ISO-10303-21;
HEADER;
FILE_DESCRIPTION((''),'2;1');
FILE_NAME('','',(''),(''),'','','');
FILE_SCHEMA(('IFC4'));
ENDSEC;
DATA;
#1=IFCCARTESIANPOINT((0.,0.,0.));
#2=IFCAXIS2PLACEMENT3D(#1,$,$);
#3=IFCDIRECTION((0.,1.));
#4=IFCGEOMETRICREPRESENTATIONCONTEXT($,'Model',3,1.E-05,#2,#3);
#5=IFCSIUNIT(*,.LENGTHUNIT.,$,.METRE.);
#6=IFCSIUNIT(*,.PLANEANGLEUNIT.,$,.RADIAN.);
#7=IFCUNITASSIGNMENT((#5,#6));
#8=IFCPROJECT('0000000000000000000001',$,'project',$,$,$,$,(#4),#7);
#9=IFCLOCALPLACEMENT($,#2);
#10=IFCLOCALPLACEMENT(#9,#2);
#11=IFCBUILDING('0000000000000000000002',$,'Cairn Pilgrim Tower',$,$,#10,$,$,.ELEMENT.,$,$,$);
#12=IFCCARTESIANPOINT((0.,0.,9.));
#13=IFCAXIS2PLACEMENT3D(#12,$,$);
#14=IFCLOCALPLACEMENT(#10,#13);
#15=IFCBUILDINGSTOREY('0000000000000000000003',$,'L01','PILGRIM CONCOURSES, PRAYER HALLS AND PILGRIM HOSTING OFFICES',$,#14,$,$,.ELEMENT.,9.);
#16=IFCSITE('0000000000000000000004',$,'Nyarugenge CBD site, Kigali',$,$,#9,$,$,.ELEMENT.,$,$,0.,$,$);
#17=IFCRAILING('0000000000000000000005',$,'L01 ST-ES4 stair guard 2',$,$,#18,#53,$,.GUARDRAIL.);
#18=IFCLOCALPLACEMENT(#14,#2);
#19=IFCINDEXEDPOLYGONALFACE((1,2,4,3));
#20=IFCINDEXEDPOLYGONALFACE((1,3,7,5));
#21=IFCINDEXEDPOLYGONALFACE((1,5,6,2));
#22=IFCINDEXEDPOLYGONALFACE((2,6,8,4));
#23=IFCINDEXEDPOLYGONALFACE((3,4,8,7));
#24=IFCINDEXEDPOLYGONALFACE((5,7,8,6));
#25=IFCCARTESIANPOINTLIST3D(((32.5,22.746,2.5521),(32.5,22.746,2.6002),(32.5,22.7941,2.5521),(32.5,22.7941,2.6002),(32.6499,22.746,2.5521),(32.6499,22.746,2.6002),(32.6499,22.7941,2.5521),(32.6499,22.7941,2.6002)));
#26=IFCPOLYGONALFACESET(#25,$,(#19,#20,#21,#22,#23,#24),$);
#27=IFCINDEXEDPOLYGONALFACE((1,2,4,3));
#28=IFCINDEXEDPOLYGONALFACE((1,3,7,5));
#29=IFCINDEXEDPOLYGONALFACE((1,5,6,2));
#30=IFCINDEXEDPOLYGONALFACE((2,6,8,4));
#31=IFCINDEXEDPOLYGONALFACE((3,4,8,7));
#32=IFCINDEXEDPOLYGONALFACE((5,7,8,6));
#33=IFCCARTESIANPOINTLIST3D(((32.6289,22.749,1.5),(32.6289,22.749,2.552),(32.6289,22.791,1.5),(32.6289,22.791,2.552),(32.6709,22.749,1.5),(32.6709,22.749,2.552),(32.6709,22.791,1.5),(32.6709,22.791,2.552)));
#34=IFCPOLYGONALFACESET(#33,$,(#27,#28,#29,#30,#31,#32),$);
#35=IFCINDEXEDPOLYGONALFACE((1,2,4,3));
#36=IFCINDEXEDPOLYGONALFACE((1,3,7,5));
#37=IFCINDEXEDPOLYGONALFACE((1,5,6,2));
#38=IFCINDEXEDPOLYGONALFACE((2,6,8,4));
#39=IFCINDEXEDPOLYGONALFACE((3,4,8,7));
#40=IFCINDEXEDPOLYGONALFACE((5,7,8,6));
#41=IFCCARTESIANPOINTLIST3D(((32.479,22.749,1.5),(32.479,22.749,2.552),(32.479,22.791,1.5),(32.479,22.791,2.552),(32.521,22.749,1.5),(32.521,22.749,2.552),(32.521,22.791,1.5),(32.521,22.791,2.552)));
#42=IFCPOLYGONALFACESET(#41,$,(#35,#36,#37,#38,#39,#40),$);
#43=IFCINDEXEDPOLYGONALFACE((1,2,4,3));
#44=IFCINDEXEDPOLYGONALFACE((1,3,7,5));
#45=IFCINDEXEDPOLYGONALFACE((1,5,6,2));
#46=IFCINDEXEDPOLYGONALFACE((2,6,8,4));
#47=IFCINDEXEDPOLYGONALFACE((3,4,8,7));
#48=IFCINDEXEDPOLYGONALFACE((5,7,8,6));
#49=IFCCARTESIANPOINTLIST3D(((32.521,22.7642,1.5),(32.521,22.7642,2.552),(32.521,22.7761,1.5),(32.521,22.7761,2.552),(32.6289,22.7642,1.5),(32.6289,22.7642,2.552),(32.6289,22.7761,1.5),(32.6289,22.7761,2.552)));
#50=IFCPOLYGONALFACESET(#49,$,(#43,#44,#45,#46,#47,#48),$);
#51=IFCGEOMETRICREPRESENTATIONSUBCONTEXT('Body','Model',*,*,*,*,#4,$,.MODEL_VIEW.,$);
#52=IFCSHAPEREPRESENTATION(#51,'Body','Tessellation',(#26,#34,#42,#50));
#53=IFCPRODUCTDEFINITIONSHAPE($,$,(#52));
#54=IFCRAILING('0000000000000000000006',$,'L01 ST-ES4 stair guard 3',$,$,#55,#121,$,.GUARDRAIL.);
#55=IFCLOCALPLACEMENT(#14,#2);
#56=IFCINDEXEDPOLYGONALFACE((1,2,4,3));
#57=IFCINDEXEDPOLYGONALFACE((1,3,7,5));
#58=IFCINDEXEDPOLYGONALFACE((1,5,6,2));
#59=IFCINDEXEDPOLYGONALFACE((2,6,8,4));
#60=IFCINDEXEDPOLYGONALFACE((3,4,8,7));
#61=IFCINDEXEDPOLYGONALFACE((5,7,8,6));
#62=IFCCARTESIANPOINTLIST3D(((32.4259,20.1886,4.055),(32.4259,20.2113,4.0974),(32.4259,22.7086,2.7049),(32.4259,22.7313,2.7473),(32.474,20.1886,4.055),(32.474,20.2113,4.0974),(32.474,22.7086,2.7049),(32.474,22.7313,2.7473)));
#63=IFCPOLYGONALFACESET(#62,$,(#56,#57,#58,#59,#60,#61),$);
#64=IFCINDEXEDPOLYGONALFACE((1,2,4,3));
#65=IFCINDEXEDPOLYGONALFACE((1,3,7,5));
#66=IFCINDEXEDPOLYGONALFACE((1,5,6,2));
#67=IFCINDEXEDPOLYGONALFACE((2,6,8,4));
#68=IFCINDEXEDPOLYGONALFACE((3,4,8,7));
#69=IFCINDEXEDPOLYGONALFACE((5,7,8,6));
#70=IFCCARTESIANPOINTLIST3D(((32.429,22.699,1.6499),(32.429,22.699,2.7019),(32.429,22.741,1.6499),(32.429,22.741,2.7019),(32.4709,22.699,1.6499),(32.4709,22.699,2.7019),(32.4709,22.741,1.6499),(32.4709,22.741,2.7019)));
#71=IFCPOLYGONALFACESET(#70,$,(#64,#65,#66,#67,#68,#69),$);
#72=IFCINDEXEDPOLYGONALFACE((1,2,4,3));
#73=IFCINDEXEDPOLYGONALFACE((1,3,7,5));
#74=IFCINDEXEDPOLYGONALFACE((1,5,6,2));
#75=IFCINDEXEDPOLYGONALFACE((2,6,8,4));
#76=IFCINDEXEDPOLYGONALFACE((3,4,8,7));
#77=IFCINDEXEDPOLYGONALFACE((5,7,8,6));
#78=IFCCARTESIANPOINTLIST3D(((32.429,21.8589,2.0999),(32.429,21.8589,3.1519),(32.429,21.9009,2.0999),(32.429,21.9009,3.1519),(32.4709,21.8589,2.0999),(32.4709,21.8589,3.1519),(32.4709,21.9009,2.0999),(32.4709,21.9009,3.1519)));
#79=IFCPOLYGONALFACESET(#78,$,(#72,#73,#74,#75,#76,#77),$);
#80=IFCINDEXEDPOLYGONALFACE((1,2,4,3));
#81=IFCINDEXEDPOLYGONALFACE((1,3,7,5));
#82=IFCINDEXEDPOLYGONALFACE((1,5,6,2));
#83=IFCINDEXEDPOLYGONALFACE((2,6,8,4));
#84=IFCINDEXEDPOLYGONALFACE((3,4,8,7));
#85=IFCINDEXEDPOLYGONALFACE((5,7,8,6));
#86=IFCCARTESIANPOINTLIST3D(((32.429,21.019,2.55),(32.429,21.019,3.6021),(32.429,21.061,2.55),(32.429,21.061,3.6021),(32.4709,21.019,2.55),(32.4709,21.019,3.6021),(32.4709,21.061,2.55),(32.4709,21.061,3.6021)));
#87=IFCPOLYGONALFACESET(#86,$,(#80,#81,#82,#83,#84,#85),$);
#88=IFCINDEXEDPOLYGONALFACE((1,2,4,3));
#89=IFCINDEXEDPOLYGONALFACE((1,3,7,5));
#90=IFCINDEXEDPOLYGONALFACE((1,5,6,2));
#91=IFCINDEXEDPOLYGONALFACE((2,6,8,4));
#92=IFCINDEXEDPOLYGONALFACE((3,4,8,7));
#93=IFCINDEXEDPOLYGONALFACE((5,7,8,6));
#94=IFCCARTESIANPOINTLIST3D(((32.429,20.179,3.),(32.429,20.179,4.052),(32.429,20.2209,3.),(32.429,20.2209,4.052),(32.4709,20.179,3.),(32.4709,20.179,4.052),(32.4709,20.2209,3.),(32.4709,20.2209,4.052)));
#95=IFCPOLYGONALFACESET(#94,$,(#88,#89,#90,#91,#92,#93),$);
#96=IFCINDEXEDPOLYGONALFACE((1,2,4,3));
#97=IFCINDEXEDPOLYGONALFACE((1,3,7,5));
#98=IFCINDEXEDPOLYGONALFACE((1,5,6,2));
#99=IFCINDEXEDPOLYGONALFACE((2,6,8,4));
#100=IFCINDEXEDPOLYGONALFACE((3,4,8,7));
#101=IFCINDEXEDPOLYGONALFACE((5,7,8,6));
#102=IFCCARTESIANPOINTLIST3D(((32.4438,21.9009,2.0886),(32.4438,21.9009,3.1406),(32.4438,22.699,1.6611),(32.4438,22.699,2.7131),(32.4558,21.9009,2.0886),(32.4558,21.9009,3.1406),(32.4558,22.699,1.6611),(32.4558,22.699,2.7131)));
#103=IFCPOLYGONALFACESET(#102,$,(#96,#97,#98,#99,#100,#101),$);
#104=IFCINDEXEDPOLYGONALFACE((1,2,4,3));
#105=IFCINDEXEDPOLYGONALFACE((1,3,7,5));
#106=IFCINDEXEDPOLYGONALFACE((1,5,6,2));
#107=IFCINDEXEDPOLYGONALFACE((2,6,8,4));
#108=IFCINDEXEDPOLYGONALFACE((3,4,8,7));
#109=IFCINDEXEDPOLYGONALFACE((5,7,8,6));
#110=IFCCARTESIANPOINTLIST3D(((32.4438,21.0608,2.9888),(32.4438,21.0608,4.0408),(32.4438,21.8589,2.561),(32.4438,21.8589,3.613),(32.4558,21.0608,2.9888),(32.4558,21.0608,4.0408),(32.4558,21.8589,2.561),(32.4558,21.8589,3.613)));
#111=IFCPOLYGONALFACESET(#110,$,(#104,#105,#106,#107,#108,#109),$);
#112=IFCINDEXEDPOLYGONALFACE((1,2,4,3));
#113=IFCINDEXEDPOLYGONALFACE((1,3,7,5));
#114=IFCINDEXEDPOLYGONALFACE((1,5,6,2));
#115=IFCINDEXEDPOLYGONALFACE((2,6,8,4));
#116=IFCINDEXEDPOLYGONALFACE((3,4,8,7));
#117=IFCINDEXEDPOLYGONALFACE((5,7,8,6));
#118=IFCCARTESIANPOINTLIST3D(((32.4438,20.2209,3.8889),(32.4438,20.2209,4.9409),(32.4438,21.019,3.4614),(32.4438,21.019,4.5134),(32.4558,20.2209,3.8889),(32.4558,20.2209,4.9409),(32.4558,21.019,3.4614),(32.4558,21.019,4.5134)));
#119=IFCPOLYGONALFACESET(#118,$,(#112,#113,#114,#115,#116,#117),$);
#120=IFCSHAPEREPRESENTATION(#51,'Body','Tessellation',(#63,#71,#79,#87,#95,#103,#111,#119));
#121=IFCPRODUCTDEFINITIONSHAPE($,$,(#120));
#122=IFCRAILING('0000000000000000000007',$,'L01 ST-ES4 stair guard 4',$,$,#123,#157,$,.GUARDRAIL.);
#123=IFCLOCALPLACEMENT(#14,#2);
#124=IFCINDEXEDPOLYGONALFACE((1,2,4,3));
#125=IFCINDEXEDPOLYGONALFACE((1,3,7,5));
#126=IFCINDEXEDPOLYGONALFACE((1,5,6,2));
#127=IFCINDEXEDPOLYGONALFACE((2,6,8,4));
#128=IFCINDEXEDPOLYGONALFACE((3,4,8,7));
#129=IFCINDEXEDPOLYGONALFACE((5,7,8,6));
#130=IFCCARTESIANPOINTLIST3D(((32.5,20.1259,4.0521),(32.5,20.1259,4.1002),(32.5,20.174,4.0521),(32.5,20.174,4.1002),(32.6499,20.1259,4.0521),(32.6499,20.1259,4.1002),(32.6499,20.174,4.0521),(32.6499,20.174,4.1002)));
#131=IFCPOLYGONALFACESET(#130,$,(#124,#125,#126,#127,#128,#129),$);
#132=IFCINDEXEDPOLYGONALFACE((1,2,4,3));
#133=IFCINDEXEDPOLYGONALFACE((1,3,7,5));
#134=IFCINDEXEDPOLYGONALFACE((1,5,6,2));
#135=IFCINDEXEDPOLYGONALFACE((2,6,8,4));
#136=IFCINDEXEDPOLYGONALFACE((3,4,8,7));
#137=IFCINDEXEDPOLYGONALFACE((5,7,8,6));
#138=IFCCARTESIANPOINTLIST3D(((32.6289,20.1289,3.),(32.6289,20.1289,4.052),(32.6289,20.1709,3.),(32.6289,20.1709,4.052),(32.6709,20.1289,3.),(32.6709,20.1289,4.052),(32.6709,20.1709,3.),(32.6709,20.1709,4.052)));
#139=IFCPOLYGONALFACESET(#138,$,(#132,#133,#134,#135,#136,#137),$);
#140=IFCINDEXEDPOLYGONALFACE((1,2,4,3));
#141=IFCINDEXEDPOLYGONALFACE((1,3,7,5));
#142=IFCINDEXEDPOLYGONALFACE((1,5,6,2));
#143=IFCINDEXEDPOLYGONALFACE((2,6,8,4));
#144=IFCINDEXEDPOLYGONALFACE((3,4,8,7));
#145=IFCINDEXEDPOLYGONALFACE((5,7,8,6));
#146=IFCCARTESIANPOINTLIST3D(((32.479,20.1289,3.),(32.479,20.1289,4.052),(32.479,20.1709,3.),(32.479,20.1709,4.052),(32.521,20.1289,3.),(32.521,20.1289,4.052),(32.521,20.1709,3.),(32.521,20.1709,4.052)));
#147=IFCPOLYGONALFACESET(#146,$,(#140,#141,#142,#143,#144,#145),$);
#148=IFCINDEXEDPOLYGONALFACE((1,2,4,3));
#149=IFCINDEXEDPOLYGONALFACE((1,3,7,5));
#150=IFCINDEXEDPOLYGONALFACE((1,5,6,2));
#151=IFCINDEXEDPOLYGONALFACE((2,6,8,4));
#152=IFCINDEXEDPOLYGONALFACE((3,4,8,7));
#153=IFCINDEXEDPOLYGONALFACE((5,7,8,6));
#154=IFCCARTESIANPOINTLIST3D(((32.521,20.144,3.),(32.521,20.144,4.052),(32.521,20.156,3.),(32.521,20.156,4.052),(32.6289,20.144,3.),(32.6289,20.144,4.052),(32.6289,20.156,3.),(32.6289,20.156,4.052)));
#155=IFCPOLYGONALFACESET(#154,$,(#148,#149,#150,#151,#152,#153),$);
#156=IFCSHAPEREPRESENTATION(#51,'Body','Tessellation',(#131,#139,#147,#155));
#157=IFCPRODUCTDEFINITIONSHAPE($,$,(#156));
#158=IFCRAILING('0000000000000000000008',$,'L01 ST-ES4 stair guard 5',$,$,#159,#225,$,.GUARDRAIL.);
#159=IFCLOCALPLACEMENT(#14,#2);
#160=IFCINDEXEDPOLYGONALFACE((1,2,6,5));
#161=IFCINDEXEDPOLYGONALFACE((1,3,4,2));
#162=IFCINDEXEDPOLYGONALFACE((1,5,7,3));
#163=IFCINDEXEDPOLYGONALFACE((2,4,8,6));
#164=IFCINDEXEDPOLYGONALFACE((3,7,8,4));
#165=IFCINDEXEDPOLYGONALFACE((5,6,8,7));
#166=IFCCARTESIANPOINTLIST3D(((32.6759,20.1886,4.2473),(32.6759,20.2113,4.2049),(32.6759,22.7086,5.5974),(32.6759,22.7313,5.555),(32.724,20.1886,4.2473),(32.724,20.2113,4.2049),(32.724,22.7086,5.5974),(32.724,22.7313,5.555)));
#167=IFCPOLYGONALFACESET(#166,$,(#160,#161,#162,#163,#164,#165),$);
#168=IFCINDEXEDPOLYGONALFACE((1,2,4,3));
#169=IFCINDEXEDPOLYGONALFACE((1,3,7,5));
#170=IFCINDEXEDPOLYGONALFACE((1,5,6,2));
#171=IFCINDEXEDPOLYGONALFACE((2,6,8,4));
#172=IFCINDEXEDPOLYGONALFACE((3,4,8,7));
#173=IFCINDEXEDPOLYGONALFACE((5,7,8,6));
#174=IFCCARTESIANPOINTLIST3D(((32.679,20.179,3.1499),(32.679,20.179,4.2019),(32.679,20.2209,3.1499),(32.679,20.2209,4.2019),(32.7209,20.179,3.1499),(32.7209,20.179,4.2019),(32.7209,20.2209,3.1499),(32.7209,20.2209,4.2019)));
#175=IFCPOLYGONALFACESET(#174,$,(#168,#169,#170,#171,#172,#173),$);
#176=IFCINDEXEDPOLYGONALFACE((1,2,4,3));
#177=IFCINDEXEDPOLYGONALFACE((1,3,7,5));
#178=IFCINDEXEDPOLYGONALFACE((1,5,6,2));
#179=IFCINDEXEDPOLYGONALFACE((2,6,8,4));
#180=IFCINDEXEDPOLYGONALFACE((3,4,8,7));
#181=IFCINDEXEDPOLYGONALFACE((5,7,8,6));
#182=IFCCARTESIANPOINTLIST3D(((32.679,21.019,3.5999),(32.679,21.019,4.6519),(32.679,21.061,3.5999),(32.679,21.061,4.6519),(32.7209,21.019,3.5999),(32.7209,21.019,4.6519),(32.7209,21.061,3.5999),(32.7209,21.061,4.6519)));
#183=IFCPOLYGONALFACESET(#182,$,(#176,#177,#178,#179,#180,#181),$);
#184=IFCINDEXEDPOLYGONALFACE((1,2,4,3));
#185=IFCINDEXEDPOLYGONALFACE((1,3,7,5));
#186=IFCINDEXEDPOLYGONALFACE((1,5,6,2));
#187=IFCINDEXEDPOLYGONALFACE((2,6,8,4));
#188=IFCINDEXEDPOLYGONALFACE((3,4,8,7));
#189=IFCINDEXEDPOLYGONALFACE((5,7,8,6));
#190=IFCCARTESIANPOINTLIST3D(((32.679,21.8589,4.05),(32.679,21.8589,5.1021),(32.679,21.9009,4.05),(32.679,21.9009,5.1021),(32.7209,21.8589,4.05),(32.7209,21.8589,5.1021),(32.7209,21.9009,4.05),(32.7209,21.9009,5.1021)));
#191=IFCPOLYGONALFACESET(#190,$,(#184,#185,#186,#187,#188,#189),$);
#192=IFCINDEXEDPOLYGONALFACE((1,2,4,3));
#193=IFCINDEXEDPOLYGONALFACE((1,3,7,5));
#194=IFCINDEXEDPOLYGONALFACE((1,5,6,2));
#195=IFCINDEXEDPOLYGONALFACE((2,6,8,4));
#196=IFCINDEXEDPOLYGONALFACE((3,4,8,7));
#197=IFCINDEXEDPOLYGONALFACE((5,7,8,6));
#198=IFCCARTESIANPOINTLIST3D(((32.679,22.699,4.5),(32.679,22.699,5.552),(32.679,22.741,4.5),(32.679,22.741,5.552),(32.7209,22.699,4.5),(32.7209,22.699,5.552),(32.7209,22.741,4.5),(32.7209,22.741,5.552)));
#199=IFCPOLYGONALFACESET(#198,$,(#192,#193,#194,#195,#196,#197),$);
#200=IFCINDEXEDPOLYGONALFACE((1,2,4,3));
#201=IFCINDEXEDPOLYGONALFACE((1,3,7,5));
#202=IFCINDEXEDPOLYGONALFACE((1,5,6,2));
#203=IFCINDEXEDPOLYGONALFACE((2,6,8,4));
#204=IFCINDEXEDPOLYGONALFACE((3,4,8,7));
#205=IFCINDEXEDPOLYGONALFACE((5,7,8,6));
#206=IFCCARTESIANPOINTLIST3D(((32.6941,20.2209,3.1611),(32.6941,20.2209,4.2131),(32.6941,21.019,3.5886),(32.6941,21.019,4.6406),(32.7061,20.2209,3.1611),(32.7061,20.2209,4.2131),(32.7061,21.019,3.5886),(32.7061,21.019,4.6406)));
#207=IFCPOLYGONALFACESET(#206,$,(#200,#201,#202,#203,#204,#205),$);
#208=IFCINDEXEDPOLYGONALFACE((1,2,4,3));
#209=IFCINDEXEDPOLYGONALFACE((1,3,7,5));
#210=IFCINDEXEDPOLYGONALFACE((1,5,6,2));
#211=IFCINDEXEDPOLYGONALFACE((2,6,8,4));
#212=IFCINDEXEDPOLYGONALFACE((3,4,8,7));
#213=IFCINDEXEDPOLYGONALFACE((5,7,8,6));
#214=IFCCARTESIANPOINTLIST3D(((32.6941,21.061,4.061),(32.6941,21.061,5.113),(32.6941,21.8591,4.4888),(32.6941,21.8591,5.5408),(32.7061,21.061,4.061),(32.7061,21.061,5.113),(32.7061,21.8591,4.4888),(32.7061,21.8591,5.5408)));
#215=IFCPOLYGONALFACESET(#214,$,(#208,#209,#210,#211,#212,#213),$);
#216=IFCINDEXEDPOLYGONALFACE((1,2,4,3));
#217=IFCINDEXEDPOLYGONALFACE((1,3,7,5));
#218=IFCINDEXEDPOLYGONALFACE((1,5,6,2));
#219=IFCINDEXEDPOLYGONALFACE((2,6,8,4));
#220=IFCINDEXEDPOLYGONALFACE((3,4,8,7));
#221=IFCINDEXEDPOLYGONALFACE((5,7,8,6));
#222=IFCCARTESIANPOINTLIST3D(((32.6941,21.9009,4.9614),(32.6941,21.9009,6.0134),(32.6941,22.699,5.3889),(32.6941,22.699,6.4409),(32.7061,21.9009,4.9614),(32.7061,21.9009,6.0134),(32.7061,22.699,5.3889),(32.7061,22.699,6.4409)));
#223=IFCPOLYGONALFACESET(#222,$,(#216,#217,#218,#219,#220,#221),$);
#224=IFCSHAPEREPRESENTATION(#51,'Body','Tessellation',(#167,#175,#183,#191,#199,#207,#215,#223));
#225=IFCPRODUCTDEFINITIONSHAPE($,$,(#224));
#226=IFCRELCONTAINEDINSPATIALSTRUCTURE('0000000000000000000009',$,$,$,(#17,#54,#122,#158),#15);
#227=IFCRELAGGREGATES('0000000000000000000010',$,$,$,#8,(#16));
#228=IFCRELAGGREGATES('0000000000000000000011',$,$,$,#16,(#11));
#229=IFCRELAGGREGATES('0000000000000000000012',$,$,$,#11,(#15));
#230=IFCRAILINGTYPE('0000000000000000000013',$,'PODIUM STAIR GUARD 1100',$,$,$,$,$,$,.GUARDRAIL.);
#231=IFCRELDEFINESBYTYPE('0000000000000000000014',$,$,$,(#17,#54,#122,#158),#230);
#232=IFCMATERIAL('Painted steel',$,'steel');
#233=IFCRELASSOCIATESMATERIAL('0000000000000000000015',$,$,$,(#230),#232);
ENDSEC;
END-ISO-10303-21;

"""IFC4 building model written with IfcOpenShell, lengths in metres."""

from ifc_helpers import new_model, si_unit, direction, frame, origin, origin_2d, place, context, subcontext, project, spatial, polyline, rectangle, outline, extrude, material, type_object, element, save


model = new_model("IFC4")

# Units and contexts
model_context = context("Model", 3, precision=1e-05, world=origin(), true_north=direction((0.0, 1.0)))
body_context = subcontext(model_context, "Body", "Model", "MODEL_VIEW")
ifc_project = project(units=[si_unit("LENGTHUNIT", "METRE"), si_unit("PLANEANGLEUNIT", "RADIAN")], contexts=[model_context])

# Site, building, storey
site_placement = place(None, origin())
site = spatial("IfcSite", under=ifc_project, at=site_placement, Name="Nyarugenge CBD site, Kigali", CompositionType="ELEMENT", RefElevation=0.0)
building_placement = place(site_placement, origin())
building = spatial("IfcBuilding", under=site, at=building_placement, Name="Cairn Pilgrim Tower", CompositionType="ELEMENT")
storey_placement = place(building_placement, frame((0.0, 0.0, 9.0)))
storey = spatial("IfcBuildingStorey", under=building, at=storey_placement, Name="L01", Description="PILGRIM CONCOURSES, PRAYER HALLS AND PILGRIM HOSTING OFFICES", CompositionType="ELEMENT", Elevation=9.0)

# Railings
ifc_material_1 = material(Name="Painted steel", Category="steel")
railing_type_1 = type_object("IfcRailingType", Name="PODIUM STAIR GUARD 1100", PredefinedType="GUARDRAIL", material=ifc_material_1)
railing_1_placement = place(storey_placement, frame((32.6499, 22.77, 1.5)))
element("IfcRailing", 1, at=railing_1_placement, inside=storey, type_object=railing_type_1, Name="L01 ST-ES4 stair guard 2", PredefinedType="GUARDRAIL", context=body_context, shape_type="SweptSolid", body=[
    extrude(rectangle(XDim=0.0481, YDim=0.0481, at=origin_2d()), frame((0.0, 0.0, 1.0762), z_axis=(-1.0, 0.0, 0.0), x_axis=(0.0, -1.0, 0.0)), (0.0, 0.0, 1.0), 0.1499),
    extrude(rectangle(XDim=0.042, YDim=0.042, at=origin_2d()), origin(), (0.0, 0.0, 1.0), 1.052),
    extrude(rectangle(XDim=0.042, YDim=0.042, at=origin_2d()), frame((-0.1499, 0.0, 0.0)), (0.0, 0.0, 1.0), 1.052),
    extrude(outline(polyline([(0.021, 0.0), (0.1289, 0.0), (0.1289, 1.052), (0.021, 1.052), (0.021, 0.0)])), frame((0.0, -0.0059, 0.0), z_axis=(0.0, 1.0, 0.0), x_axis=(-1.0, 0.0, 0.0)), (0.0, 0.0, 1.0), 0.012),
])
railing_2_placement = place(storey_placement, frame((32.45, 22.72, 1.6499)))
element("IfcRailing", 2, at=railing_2_placement, inside=storey, type_object=railing_type_1, Name="L01 ST-ES4 stair guard 3", PredefinedType="GUARDRAIL", context=body_context, shape_type="SweptSolid", body=[
    extrude(rectangle(XDim=0.0481, YDim=0.0481, at=origin_2d()), frame((0.0, 0.0, 1.0762), z_axis=(0.0, -0.881467, 0.472245), x_axis=(1.0, 0.0, 0.0)), (0.0, 0.0, 1.0), 2.8589),
    extrude(rectangle(XDim=0.042, YDim=0.042, at=origin_2d()), origin(), (0.0, 0.0, 1.0), 1.052),
    extrude(rectangle(XDim=0.042, YDim=0.042, at=origin_2d()), frame((0.0, -0.8401, 0.45)), (0.0, 0.0, 1.0), 1.052),
    extrude(rectangle(XDim=0.042, YDim=0.042, at=origin_2d()), frame((0.0, -1.6799, 0.9001)), (0.0, 0.0, 1.0), 1.052),
    extrude(rectangle(XDim=0.042, YDim=0.042, at=origin_2d()), frame((0.0, -2.52, 1.3501)), (0.0, 0.0, 1.0), 1.052),
    extrude(outline(polyline([(0.021, 0.0112), (0.8191, 0.4387), (0.8191, 1.4907), (0.021, 1.0632), (0.021, 0.0112)])), frame((0.0059, 0.0, 0.0), z_axis=(-1.0, 0.0, 0.0), x_axis=(0.0, -1.0, 0.0)), (0.0, 0.0, 1.0), 0.012),
    extrude(outline(polyline([(0.021, 0.4612), (0.8191, 0.8889), (0.8191, 1.9409), (0.021, 1.5132), (0.021, 0.4612)])), frame((0.0059, -0.8401, 0.45), z_axis=(-1.0, 0.0, 0.0), x_axis=(0.0, -1.0, 0.0)), (0.0, 0.0, 1.0), 0.012),
    extrude(outline(polyline([(0.021, 0.9114), (0.8191, 1.3389), (0.8191, 2.3909), (0.021, 1.9634), (0.021, 0.9114)])), frame((0.0059, -1.6799, 0.9001), z_axis=(-1.0, 0.0, 0.0), x_axis=(0.0, -1.0, 0.0)), (0.0, 0.0, 1.0), 0.012),
])
railing_3_placement = place(storey_placement, frame((32.6499, 20.1499, 3.0)))
element("IfcRailing", 3, at=railing_3_placement, inside=storey, type_object=railing_type_1, Name="L01 ST-ES4 stair guard 4", PredefinedType="GUARDRAIL", context=body_context, shape_type="SweptSolid", body=[
    extrude(rectangle(XDim=0.0481, YDim=0.0481, at=origin_2d()), frame((0.0, 0.0, 1.0762), z_axis=(-1.0, 0.0, 0.0), x_axis=(0.0, -1.0, 0.0)), (0.0, 0.0, 1.0), 0.1499),
    extrude(rectangle(XDim=0.042, YDim=0.042, at=origin_2d()), origin(), (0.0, 0.0, 1.0), 1.052),
    extrude(rectangle(XDim=0.042, YDim=0.042, at=origin_2d()), frame((-0.1499, 0.0, 0.0)), (0.0, 0.0, 1.0), 1.052),
    extrude(outline(polyline([(0.021, 0.0), (0.1289, 0.0), (0.1289, 1.052), (0.021, 1.052), (0.021, 0.0)])), frame((0.0, -0.0059, 0.0), z_axis=(0.0, 1.0, 0.0), x_axis=(-1.0, 0.0, 0.0)), (0.0, 0.0, 1.0), 0.012),
])
railing_4_placement = place(storey_placement, frame((32.7, 20.2, 3.1499)))
element("IfcRailing", 4, at=railing_4_placement, inside=storey, type_object=railing_type_1, Name="L01 ST-ES4 stair guard 5", PredefinedType="GUARDRAIL", context=body_context, shape_type="SweptSolid", body=[
    extrude(rectangle(XDim=0.0481, YDim=0.0481, at=origin_2d()), frame((0.0, 0.0, 1.0762), z_axis=(0.0, 0.881467, 0.472245), x_axis=(-1.0, 0.0, 0.0)), (0.0, 0.0, 1.0), 2.8589),
    extrude(rectangle(XDim=0.042, YDim=0.042, at=origin_2d()), origin(), (0.0, 0.0, 1.0), 1.052),
    extrude(rectangle(XDim=0.042, YDim=0.042, at=origin_2d()), frame((0.0, 0.8401, 0.45)), (0.0, 0.0, 1.0), 1.052),
    extrude(rectangle(XDim=0.042, YDim=0.042, at=origin_2d()), frame((0.0, 1.6799, 0.9001)), (0.0, 0.0, 1.0), 1.052),
    extrude(rectangle(XDim=0.042, YDim=0.042, at=origin_2d()), frame((0.0, 2.52, 1.3501)), (0.0, 0.0, 1.0), 1.052),
    extrude(outline(polyline([(0.021, 0.0112), (0.8191, 0.4387), (0.8191, 1.4907), (0.021, 1.0632), (0.021, 0.0112)])), frame((-0.0059, 0.0, 0.0), z_axis=(1.0, 0.0, 0.0), x_axis=(0.0, 1.0, 0.0)), (0.0, 0.0, 1.0), 0.012),
    extrude(outline(polyline([(0.021, 0.4612), (0.8191, 0.8889), (0.8191, 1.9409), (0.021, 1.5132), (0.021, 0.4612)])), frame((-0.0059, 0.8401, 0.45), z_axis=(1.0, 0.0, 0.0), x_axis=(0.0, 1.0, 0.0)), (0.0, 0.0, 1.0), 0.012),
    extrude(outline(polyline([(0.021, 0.9114), (0.8191, 1.3389), (0.8191, 2.3909), (0.021, 1.9634), (0.021, 0.9114)])), frame((-0.0059, 1.6799, 0.9001), z_axis=(1.0, 0.0, 0.0), x_axis=(0.0, 1.0, 0.0)), (0.0, 0.0, 1.0), 0.012),
])

save(model, "model.ifc")
